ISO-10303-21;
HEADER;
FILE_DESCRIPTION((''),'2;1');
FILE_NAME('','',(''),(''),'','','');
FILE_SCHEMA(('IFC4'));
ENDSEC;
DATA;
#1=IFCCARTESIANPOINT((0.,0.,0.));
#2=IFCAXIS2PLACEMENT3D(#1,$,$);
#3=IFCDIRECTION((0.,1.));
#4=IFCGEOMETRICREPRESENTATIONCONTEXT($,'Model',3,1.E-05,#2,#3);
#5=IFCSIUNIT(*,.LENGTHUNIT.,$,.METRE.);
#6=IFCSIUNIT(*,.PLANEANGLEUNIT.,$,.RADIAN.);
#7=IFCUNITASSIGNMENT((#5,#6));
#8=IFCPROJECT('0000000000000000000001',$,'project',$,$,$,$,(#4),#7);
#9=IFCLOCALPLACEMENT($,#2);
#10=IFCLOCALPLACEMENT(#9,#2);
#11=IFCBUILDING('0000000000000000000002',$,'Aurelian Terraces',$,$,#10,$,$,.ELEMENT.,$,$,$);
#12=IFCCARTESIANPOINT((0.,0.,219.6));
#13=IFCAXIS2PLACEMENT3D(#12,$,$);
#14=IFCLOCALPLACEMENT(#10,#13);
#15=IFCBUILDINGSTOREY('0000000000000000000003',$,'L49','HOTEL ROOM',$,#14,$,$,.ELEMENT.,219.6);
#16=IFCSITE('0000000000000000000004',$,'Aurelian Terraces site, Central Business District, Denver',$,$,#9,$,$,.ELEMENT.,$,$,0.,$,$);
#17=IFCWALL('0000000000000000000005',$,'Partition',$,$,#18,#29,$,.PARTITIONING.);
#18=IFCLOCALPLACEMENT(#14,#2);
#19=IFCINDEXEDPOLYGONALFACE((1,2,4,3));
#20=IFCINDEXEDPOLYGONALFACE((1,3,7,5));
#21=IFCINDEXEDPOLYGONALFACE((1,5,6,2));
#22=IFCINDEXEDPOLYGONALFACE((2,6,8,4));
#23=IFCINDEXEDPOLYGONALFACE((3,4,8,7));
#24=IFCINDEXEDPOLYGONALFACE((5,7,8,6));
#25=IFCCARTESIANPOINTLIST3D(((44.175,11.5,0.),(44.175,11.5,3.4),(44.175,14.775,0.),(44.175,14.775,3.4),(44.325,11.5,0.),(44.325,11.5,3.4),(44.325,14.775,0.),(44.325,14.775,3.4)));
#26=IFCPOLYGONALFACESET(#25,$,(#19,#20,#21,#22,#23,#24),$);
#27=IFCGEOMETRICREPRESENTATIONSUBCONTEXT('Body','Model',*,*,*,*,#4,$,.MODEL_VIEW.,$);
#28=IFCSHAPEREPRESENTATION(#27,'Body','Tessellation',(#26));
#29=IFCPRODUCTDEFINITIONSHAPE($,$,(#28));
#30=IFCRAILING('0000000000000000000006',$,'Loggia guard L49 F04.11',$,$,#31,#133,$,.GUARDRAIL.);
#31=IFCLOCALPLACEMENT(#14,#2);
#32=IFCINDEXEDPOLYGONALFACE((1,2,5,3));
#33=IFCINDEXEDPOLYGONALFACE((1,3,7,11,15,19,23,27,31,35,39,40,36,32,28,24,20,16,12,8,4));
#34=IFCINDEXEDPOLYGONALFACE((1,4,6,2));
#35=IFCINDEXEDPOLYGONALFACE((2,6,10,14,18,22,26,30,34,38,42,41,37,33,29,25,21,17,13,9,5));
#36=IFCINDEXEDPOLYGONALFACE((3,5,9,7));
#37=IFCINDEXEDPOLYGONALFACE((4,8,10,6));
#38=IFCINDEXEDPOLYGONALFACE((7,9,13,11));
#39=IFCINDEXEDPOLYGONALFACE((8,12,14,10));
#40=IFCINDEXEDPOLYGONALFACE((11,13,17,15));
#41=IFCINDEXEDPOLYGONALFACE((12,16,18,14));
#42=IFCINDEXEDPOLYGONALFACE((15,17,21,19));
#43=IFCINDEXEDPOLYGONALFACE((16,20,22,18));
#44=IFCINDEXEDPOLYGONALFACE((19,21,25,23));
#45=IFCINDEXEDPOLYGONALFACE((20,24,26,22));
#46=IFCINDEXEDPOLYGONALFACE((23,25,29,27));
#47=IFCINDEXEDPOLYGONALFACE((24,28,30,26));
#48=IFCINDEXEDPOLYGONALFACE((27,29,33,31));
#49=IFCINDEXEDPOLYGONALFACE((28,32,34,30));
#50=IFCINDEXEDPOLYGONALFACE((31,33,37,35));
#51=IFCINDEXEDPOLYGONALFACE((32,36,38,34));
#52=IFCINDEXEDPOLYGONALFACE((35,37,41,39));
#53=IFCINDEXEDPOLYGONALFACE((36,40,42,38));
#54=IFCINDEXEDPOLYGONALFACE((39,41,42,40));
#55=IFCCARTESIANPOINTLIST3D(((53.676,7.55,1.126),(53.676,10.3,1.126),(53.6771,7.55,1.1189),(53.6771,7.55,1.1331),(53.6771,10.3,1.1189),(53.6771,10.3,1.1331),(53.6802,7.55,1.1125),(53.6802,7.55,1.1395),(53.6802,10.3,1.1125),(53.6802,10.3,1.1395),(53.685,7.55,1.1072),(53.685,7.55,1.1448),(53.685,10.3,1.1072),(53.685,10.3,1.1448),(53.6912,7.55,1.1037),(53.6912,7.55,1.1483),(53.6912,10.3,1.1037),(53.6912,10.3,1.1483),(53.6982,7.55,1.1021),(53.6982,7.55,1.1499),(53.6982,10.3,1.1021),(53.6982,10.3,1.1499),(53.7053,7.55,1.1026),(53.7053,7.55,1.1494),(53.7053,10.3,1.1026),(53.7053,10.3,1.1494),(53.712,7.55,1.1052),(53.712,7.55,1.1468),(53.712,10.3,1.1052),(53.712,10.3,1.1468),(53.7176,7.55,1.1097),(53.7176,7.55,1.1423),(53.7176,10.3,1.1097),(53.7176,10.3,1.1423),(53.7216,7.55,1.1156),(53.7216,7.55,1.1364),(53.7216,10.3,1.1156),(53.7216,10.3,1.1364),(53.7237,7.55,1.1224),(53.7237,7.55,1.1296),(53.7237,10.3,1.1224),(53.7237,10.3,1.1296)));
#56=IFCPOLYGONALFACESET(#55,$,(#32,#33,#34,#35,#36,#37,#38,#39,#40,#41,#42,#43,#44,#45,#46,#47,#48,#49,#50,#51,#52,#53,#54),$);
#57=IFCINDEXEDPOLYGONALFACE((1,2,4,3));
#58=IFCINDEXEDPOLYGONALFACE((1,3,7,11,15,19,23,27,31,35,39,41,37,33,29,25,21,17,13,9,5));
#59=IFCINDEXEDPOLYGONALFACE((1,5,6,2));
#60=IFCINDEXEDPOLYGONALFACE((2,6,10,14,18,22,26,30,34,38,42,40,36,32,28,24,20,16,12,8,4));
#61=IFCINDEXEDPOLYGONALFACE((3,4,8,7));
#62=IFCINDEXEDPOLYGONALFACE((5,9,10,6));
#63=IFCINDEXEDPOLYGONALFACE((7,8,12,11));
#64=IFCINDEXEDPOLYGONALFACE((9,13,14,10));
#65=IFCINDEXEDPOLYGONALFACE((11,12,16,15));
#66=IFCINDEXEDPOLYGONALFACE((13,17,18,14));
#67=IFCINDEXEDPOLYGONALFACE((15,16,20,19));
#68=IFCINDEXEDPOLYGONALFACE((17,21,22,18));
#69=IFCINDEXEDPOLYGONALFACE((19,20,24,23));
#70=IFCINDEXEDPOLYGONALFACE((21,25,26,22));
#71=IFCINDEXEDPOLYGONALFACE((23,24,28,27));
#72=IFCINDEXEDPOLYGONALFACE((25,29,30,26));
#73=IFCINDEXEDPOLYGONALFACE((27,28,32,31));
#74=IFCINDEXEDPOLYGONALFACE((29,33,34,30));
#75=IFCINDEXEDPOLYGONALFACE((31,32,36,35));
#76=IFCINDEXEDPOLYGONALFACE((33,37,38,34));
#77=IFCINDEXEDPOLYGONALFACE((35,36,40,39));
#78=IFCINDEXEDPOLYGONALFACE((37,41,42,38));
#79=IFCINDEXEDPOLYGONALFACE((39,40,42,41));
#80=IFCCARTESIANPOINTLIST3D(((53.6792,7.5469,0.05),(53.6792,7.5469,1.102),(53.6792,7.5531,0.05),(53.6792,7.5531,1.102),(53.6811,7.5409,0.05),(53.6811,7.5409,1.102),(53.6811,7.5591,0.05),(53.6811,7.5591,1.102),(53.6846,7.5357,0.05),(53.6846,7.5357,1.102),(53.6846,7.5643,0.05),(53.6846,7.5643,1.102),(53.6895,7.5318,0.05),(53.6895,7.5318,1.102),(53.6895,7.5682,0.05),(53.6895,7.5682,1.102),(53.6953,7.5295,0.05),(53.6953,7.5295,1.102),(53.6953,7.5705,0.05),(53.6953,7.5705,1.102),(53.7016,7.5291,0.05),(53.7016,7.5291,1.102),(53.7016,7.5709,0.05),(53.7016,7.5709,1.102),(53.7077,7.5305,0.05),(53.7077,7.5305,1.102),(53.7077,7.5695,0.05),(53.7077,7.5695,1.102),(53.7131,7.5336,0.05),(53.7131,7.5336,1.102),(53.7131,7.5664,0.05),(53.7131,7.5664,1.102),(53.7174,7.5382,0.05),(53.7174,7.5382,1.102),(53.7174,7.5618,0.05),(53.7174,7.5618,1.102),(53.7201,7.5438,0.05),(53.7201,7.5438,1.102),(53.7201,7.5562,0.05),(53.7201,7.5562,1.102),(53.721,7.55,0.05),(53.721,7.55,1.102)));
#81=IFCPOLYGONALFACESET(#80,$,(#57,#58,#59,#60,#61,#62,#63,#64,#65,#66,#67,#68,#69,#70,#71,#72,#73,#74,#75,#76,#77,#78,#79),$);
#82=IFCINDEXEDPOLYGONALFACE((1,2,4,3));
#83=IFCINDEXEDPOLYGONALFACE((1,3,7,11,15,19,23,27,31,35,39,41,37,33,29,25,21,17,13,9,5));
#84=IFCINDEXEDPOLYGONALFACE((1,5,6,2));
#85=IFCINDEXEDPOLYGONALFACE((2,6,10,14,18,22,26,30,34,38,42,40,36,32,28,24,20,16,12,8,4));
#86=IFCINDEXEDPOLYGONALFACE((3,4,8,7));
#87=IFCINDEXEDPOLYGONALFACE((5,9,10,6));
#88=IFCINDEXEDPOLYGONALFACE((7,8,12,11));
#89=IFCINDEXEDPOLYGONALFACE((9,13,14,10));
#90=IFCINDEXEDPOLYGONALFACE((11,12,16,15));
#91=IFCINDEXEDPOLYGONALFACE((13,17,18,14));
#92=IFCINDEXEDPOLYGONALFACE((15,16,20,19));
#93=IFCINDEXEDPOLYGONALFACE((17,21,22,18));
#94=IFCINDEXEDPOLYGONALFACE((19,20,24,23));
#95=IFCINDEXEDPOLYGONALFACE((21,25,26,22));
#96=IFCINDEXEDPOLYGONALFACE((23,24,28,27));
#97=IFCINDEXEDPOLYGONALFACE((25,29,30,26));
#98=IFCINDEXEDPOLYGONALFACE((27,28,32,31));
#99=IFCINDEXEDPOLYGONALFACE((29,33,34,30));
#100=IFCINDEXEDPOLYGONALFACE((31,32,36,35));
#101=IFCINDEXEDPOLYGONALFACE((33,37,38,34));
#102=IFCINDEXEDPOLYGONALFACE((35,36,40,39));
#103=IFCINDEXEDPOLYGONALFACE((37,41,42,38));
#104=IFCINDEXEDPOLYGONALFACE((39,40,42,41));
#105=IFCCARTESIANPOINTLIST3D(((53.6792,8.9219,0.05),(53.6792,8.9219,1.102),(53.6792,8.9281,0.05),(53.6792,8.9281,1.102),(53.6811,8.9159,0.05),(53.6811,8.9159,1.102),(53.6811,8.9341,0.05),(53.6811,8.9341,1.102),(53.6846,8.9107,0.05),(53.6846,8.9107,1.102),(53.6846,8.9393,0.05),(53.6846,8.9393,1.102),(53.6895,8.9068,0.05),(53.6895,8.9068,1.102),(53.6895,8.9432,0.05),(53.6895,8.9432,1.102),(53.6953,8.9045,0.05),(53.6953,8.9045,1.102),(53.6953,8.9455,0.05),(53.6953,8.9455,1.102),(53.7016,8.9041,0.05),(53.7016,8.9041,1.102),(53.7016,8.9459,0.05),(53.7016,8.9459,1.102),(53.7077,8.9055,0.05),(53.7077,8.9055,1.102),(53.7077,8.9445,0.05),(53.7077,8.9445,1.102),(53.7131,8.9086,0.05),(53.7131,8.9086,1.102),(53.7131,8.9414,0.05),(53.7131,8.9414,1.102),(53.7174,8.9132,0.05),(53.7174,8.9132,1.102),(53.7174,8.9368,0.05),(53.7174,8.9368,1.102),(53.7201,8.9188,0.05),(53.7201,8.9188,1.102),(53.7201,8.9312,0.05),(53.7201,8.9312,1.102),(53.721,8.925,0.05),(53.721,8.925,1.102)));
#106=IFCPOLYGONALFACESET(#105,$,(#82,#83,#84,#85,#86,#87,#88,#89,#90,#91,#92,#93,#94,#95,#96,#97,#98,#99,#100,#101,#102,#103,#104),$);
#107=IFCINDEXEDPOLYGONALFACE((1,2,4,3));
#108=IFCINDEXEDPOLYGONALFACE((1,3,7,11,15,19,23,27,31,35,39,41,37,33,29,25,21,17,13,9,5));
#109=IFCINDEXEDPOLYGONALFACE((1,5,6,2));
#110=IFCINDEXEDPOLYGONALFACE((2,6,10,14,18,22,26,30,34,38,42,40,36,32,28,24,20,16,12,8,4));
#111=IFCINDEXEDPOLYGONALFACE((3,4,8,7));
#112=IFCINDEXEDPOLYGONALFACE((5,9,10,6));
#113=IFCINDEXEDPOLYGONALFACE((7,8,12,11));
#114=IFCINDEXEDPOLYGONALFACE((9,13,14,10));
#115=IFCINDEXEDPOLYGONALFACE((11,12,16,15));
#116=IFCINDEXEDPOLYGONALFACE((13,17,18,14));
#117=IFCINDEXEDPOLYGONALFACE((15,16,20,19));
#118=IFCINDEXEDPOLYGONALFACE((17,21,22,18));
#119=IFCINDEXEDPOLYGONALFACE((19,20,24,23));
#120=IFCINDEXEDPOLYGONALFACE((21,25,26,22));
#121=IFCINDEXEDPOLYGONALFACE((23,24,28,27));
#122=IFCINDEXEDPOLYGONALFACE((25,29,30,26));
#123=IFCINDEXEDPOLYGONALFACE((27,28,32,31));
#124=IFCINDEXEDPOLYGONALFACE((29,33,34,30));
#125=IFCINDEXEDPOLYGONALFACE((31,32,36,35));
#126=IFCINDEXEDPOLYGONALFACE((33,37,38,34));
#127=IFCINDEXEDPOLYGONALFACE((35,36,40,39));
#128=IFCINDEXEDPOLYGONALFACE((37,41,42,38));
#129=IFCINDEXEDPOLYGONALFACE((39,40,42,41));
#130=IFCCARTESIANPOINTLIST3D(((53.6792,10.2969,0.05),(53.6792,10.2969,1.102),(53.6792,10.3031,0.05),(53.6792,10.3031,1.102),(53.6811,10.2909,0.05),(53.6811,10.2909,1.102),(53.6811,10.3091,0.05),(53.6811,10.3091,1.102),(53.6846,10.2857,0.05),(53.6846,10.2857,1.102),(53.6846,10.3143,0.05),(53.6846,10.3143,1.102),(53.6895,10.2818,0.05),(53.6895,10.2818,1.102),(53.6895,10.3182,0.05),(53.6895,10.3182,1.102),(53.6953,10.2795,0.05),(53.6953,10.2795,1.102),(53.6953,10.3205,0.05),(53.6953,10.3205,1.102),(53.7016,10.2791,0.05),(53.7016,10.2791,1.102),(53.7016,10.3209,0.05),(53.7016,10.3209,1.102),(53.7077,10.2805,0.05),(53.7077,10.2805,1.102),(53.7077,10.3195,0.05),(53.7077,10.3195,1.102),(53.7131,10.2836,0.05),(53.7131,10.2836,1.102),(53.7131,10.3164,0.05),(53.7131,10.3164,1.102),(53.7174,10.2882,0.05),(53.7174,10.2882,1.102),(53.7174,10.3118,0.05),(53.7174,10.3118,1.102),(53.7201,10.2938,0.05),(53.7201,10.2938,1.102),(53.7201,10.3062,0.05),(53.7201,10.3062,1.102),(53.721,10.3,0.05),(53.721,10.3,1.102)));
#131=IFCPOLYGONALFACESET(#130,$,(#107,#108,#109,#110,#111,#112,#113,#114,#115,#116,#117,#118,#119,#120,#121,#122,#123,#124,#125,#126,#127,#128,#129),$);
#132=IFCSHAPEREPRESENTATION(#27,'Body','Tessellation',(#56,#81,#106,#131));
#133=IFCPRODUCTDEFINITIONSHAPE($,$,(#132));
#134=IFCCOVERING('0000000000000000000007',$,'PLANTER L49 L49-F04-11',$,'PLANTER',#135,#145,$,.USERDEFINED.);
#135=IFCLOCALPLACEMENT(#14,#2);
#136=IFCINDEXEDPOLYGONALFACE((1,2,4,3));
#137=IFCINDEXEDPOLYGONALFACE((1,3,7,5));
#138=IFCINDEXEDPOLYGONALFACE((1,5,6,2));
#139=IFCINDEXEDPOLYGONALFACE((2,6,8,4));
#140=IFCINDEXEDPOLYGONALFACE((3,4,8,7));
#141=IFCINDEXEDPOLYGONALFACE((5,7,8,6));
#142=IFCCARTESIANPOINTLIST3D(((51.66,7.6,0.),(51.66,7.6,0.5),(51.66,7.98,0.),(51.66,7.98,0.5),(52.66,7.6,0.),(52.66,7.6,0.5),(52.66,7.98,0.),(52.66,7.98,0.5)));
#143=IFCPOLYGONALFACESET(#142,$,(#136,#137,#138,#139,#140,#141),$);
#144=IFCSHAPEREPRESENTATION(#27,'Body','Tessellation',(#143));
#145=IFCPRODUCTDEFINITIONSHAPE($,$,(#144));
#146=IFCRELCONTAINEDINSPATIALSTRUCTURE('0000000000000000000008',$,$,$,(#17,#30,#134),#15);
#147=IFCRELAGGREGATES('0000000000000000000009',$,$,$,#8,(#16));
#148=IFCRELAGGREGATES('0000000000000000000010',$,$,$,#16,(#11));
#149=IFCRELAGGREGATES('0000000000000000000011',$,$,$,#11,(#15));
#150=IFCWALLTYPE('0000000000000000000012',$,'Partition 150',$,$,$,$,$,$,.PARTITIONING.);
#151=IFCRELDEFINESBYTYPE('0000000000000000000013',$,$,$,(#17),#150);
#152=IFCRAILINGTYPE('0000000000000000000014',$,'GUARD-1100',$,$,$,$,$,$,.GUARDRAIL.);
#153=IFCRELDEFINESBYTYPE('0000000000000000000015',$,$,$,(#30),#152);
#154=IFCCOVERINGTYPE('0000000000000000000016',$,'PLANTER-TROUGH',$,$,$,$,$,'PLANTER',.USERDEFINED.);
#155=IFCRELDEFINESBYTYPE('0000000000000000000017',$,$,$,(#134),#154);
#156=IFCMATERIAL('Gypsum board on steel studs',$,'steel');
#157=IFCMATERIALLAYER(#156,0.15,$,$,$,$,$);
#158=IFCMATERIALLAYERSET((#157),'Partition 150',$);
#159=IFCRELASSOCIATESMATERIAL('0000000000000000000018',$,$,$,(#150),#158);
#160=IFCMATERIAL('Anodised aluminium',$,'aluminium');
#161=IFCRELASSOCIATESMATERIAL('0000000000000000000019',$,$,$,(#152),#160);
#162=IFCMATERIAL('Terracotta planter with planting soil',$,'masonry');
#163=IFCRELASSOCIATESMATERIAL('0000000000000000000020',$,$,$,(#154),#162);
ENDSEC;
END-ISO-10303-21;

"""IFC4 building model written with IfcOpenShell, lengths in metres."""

from ifc_helpers import new_model, si_unit, direction, frame, frame_2d, origin, origin_2d, place, context, subcontext, project, spatial, rectangle, circle, extrude, source, transform, mapped, material, layer, layer_set, type_object, element, save


model = new_model("IFC4")

# Units and contexts
model_context = context("Model", 3, precision=1e-05, world=origin(), true_north=direction((0.0, 1.0)))
body_context = subcontext(model_context, "Body", "Model", "MODEL_VIEW")
ifc_project = project(units=[si_unit("LENGTHUNIT", "METRE"), si_unit("PLANEANGLEUNIT", "RADIAN")], contexts=[model_context])

# Site, building, storey
site_placement = place(None, origin())
site = spatial("IfcSite", under=ifc_project, at=site_placement, Name="Aurelian Terraces site, Central Business District, Denver", CompositionType="ELEMENT", RefElevation=0.0)
building_placement = place(site_placement, origin())
building = spatial("IfcBuilding", under=site, at=building_placement, Name="Aurelian Terraces", CompositionType="ELEMENT")
storey_placement = place(building_placement, frame((0.0, 0.0, 219.6)))
storey = spatial("IfcBuildingStorey", under=building, at=storey_placement, Name="L49", Description="HOTEL ROOM", CompositionType="ELEMENT", Elevation=219.6)

# Shared definitions
ifc_material_1 = material(Name="Gypsum board on steel studs", Category="steel")
ifc_layer_1 = layer(ifc_material_1, 0.15)
ifc_layer_set_1 = layer_set([ifc_layer_1], Name="Partition 150")
wall_type_1 = type_object("IfcWallType", Name="Partition 150", PredefinedType="PARTITIONING", material=ifc_layer_set_1)

# Wall
shared_shape_1 = source(origin(), body_context, "Body", "SweptSolid", [
    extrude(rectangle(XDim=3.275, YDim=0.15, at=frame_2d((1.6375, 0.0))), origin(), (0.0, 0.0, 1.0), 3.4),
])
wall_1_placement = place(storey_placement, frame((44.25, 11.5, 0.0), z_axis=(0.0, 0.0, 1.0), x_axis=(0.0, 1.0, 0.0)))
element("IfcWall", 1, at=wall_1_placement, inside=storey, type_object=wall_type_1, Name="Partition", PredefinedType="PARTITIONING", context=body_context, shape_type="MappedRepresentation", body=[
    mapped(shared_shape_1, transform((0.0, 0.0, 0.0), scale=1.0)),
])

# Railing
ifc_material_2 = material(Name="Anodised aluminium", Category="aluminium")
railing_type = type_object("IfcRailingType", Name="GUARD-1100", PredefinedType="GUARDRAIL", material=ifc_material_2)
shared_shape_2 = source(origin(), body_context, "Body", "SweptSolid", [
    extrude(circle(Radius=0.024, at=origin_2d()), frame((0.0, 0.0, 1.076), z_axis=(0.0, 1.0, 0.0), x_axis=(-1.0, 0.0, 0.0)), (0.0, 0.0, 1.0), 2.75),
    extrude(circle(Radius=0.021, at=origin_2d()), origin(), (0.0, 0.0, 1.0), 1.052),
    extrude(circle(Radius=0.021, at=origin_2d()), frame((0.0, 1.375, 0.0)), (0.0, 0.0, 1.0), 1.052),
    extrude(circle(Radius=0.021, at=origin_2d()), frame((0.0, 2.75, 0.0)), (0.0, 0.0, 1.0), 1.052),
])
railing_placement = place(storey_placement, frame((53.7, 7.55, 0.05)))
element("IfcRailing", 2, at=railing_placement, inside=storey, type_object=railing_type, Name="Loggia guard L49 F04.11", PredefinedType="GUARDRAIL", context=body_context, shape_type="MappedRepresentation", body=[
    mapped(shared_shape_2, transform((0.0, 0.0, 0.0), scale=1.0)),
])

# Covering
ifc_material_3 = material(Name="Terracotta planter with planting soil", Category="masonry")
covering_type = type_object("IfcCoveringType", Name="PLANTER-TROUGH", ElementType="PLANTER", PredefinedType="USERDEFINED", material=ifc_material_3)
shared_shape_3 = source(origin(), body_context, "Body", "SweptSolid", [
    extrude(rectangle(XDim=1.0, YDim=0.38, at=origin_2d()), origin(), (0.0, 0.0, 1.0), 0.5),
])
covering_placement = place(storey_placement, frame((52.16, 7.79, 0.0), z_axis=(0.0, 0.0, 1.0), x_axis=(1.0, 0.0, 0.0)))
element("IfcCovering", 3, at=covering_placement, inside=storey, type_object=covering_type, Name="PLANTER L49 L49-F04-11", ObjectType="PLANTER", PredefinedType="USERDEFINED", context=body_context, shape_type="MappedRepresentation", body=[
    mapped(shared_shape_3, transform((0.0, 0.0, 0.0), scale=1.0)),
])

save(model, "model.ifc")
